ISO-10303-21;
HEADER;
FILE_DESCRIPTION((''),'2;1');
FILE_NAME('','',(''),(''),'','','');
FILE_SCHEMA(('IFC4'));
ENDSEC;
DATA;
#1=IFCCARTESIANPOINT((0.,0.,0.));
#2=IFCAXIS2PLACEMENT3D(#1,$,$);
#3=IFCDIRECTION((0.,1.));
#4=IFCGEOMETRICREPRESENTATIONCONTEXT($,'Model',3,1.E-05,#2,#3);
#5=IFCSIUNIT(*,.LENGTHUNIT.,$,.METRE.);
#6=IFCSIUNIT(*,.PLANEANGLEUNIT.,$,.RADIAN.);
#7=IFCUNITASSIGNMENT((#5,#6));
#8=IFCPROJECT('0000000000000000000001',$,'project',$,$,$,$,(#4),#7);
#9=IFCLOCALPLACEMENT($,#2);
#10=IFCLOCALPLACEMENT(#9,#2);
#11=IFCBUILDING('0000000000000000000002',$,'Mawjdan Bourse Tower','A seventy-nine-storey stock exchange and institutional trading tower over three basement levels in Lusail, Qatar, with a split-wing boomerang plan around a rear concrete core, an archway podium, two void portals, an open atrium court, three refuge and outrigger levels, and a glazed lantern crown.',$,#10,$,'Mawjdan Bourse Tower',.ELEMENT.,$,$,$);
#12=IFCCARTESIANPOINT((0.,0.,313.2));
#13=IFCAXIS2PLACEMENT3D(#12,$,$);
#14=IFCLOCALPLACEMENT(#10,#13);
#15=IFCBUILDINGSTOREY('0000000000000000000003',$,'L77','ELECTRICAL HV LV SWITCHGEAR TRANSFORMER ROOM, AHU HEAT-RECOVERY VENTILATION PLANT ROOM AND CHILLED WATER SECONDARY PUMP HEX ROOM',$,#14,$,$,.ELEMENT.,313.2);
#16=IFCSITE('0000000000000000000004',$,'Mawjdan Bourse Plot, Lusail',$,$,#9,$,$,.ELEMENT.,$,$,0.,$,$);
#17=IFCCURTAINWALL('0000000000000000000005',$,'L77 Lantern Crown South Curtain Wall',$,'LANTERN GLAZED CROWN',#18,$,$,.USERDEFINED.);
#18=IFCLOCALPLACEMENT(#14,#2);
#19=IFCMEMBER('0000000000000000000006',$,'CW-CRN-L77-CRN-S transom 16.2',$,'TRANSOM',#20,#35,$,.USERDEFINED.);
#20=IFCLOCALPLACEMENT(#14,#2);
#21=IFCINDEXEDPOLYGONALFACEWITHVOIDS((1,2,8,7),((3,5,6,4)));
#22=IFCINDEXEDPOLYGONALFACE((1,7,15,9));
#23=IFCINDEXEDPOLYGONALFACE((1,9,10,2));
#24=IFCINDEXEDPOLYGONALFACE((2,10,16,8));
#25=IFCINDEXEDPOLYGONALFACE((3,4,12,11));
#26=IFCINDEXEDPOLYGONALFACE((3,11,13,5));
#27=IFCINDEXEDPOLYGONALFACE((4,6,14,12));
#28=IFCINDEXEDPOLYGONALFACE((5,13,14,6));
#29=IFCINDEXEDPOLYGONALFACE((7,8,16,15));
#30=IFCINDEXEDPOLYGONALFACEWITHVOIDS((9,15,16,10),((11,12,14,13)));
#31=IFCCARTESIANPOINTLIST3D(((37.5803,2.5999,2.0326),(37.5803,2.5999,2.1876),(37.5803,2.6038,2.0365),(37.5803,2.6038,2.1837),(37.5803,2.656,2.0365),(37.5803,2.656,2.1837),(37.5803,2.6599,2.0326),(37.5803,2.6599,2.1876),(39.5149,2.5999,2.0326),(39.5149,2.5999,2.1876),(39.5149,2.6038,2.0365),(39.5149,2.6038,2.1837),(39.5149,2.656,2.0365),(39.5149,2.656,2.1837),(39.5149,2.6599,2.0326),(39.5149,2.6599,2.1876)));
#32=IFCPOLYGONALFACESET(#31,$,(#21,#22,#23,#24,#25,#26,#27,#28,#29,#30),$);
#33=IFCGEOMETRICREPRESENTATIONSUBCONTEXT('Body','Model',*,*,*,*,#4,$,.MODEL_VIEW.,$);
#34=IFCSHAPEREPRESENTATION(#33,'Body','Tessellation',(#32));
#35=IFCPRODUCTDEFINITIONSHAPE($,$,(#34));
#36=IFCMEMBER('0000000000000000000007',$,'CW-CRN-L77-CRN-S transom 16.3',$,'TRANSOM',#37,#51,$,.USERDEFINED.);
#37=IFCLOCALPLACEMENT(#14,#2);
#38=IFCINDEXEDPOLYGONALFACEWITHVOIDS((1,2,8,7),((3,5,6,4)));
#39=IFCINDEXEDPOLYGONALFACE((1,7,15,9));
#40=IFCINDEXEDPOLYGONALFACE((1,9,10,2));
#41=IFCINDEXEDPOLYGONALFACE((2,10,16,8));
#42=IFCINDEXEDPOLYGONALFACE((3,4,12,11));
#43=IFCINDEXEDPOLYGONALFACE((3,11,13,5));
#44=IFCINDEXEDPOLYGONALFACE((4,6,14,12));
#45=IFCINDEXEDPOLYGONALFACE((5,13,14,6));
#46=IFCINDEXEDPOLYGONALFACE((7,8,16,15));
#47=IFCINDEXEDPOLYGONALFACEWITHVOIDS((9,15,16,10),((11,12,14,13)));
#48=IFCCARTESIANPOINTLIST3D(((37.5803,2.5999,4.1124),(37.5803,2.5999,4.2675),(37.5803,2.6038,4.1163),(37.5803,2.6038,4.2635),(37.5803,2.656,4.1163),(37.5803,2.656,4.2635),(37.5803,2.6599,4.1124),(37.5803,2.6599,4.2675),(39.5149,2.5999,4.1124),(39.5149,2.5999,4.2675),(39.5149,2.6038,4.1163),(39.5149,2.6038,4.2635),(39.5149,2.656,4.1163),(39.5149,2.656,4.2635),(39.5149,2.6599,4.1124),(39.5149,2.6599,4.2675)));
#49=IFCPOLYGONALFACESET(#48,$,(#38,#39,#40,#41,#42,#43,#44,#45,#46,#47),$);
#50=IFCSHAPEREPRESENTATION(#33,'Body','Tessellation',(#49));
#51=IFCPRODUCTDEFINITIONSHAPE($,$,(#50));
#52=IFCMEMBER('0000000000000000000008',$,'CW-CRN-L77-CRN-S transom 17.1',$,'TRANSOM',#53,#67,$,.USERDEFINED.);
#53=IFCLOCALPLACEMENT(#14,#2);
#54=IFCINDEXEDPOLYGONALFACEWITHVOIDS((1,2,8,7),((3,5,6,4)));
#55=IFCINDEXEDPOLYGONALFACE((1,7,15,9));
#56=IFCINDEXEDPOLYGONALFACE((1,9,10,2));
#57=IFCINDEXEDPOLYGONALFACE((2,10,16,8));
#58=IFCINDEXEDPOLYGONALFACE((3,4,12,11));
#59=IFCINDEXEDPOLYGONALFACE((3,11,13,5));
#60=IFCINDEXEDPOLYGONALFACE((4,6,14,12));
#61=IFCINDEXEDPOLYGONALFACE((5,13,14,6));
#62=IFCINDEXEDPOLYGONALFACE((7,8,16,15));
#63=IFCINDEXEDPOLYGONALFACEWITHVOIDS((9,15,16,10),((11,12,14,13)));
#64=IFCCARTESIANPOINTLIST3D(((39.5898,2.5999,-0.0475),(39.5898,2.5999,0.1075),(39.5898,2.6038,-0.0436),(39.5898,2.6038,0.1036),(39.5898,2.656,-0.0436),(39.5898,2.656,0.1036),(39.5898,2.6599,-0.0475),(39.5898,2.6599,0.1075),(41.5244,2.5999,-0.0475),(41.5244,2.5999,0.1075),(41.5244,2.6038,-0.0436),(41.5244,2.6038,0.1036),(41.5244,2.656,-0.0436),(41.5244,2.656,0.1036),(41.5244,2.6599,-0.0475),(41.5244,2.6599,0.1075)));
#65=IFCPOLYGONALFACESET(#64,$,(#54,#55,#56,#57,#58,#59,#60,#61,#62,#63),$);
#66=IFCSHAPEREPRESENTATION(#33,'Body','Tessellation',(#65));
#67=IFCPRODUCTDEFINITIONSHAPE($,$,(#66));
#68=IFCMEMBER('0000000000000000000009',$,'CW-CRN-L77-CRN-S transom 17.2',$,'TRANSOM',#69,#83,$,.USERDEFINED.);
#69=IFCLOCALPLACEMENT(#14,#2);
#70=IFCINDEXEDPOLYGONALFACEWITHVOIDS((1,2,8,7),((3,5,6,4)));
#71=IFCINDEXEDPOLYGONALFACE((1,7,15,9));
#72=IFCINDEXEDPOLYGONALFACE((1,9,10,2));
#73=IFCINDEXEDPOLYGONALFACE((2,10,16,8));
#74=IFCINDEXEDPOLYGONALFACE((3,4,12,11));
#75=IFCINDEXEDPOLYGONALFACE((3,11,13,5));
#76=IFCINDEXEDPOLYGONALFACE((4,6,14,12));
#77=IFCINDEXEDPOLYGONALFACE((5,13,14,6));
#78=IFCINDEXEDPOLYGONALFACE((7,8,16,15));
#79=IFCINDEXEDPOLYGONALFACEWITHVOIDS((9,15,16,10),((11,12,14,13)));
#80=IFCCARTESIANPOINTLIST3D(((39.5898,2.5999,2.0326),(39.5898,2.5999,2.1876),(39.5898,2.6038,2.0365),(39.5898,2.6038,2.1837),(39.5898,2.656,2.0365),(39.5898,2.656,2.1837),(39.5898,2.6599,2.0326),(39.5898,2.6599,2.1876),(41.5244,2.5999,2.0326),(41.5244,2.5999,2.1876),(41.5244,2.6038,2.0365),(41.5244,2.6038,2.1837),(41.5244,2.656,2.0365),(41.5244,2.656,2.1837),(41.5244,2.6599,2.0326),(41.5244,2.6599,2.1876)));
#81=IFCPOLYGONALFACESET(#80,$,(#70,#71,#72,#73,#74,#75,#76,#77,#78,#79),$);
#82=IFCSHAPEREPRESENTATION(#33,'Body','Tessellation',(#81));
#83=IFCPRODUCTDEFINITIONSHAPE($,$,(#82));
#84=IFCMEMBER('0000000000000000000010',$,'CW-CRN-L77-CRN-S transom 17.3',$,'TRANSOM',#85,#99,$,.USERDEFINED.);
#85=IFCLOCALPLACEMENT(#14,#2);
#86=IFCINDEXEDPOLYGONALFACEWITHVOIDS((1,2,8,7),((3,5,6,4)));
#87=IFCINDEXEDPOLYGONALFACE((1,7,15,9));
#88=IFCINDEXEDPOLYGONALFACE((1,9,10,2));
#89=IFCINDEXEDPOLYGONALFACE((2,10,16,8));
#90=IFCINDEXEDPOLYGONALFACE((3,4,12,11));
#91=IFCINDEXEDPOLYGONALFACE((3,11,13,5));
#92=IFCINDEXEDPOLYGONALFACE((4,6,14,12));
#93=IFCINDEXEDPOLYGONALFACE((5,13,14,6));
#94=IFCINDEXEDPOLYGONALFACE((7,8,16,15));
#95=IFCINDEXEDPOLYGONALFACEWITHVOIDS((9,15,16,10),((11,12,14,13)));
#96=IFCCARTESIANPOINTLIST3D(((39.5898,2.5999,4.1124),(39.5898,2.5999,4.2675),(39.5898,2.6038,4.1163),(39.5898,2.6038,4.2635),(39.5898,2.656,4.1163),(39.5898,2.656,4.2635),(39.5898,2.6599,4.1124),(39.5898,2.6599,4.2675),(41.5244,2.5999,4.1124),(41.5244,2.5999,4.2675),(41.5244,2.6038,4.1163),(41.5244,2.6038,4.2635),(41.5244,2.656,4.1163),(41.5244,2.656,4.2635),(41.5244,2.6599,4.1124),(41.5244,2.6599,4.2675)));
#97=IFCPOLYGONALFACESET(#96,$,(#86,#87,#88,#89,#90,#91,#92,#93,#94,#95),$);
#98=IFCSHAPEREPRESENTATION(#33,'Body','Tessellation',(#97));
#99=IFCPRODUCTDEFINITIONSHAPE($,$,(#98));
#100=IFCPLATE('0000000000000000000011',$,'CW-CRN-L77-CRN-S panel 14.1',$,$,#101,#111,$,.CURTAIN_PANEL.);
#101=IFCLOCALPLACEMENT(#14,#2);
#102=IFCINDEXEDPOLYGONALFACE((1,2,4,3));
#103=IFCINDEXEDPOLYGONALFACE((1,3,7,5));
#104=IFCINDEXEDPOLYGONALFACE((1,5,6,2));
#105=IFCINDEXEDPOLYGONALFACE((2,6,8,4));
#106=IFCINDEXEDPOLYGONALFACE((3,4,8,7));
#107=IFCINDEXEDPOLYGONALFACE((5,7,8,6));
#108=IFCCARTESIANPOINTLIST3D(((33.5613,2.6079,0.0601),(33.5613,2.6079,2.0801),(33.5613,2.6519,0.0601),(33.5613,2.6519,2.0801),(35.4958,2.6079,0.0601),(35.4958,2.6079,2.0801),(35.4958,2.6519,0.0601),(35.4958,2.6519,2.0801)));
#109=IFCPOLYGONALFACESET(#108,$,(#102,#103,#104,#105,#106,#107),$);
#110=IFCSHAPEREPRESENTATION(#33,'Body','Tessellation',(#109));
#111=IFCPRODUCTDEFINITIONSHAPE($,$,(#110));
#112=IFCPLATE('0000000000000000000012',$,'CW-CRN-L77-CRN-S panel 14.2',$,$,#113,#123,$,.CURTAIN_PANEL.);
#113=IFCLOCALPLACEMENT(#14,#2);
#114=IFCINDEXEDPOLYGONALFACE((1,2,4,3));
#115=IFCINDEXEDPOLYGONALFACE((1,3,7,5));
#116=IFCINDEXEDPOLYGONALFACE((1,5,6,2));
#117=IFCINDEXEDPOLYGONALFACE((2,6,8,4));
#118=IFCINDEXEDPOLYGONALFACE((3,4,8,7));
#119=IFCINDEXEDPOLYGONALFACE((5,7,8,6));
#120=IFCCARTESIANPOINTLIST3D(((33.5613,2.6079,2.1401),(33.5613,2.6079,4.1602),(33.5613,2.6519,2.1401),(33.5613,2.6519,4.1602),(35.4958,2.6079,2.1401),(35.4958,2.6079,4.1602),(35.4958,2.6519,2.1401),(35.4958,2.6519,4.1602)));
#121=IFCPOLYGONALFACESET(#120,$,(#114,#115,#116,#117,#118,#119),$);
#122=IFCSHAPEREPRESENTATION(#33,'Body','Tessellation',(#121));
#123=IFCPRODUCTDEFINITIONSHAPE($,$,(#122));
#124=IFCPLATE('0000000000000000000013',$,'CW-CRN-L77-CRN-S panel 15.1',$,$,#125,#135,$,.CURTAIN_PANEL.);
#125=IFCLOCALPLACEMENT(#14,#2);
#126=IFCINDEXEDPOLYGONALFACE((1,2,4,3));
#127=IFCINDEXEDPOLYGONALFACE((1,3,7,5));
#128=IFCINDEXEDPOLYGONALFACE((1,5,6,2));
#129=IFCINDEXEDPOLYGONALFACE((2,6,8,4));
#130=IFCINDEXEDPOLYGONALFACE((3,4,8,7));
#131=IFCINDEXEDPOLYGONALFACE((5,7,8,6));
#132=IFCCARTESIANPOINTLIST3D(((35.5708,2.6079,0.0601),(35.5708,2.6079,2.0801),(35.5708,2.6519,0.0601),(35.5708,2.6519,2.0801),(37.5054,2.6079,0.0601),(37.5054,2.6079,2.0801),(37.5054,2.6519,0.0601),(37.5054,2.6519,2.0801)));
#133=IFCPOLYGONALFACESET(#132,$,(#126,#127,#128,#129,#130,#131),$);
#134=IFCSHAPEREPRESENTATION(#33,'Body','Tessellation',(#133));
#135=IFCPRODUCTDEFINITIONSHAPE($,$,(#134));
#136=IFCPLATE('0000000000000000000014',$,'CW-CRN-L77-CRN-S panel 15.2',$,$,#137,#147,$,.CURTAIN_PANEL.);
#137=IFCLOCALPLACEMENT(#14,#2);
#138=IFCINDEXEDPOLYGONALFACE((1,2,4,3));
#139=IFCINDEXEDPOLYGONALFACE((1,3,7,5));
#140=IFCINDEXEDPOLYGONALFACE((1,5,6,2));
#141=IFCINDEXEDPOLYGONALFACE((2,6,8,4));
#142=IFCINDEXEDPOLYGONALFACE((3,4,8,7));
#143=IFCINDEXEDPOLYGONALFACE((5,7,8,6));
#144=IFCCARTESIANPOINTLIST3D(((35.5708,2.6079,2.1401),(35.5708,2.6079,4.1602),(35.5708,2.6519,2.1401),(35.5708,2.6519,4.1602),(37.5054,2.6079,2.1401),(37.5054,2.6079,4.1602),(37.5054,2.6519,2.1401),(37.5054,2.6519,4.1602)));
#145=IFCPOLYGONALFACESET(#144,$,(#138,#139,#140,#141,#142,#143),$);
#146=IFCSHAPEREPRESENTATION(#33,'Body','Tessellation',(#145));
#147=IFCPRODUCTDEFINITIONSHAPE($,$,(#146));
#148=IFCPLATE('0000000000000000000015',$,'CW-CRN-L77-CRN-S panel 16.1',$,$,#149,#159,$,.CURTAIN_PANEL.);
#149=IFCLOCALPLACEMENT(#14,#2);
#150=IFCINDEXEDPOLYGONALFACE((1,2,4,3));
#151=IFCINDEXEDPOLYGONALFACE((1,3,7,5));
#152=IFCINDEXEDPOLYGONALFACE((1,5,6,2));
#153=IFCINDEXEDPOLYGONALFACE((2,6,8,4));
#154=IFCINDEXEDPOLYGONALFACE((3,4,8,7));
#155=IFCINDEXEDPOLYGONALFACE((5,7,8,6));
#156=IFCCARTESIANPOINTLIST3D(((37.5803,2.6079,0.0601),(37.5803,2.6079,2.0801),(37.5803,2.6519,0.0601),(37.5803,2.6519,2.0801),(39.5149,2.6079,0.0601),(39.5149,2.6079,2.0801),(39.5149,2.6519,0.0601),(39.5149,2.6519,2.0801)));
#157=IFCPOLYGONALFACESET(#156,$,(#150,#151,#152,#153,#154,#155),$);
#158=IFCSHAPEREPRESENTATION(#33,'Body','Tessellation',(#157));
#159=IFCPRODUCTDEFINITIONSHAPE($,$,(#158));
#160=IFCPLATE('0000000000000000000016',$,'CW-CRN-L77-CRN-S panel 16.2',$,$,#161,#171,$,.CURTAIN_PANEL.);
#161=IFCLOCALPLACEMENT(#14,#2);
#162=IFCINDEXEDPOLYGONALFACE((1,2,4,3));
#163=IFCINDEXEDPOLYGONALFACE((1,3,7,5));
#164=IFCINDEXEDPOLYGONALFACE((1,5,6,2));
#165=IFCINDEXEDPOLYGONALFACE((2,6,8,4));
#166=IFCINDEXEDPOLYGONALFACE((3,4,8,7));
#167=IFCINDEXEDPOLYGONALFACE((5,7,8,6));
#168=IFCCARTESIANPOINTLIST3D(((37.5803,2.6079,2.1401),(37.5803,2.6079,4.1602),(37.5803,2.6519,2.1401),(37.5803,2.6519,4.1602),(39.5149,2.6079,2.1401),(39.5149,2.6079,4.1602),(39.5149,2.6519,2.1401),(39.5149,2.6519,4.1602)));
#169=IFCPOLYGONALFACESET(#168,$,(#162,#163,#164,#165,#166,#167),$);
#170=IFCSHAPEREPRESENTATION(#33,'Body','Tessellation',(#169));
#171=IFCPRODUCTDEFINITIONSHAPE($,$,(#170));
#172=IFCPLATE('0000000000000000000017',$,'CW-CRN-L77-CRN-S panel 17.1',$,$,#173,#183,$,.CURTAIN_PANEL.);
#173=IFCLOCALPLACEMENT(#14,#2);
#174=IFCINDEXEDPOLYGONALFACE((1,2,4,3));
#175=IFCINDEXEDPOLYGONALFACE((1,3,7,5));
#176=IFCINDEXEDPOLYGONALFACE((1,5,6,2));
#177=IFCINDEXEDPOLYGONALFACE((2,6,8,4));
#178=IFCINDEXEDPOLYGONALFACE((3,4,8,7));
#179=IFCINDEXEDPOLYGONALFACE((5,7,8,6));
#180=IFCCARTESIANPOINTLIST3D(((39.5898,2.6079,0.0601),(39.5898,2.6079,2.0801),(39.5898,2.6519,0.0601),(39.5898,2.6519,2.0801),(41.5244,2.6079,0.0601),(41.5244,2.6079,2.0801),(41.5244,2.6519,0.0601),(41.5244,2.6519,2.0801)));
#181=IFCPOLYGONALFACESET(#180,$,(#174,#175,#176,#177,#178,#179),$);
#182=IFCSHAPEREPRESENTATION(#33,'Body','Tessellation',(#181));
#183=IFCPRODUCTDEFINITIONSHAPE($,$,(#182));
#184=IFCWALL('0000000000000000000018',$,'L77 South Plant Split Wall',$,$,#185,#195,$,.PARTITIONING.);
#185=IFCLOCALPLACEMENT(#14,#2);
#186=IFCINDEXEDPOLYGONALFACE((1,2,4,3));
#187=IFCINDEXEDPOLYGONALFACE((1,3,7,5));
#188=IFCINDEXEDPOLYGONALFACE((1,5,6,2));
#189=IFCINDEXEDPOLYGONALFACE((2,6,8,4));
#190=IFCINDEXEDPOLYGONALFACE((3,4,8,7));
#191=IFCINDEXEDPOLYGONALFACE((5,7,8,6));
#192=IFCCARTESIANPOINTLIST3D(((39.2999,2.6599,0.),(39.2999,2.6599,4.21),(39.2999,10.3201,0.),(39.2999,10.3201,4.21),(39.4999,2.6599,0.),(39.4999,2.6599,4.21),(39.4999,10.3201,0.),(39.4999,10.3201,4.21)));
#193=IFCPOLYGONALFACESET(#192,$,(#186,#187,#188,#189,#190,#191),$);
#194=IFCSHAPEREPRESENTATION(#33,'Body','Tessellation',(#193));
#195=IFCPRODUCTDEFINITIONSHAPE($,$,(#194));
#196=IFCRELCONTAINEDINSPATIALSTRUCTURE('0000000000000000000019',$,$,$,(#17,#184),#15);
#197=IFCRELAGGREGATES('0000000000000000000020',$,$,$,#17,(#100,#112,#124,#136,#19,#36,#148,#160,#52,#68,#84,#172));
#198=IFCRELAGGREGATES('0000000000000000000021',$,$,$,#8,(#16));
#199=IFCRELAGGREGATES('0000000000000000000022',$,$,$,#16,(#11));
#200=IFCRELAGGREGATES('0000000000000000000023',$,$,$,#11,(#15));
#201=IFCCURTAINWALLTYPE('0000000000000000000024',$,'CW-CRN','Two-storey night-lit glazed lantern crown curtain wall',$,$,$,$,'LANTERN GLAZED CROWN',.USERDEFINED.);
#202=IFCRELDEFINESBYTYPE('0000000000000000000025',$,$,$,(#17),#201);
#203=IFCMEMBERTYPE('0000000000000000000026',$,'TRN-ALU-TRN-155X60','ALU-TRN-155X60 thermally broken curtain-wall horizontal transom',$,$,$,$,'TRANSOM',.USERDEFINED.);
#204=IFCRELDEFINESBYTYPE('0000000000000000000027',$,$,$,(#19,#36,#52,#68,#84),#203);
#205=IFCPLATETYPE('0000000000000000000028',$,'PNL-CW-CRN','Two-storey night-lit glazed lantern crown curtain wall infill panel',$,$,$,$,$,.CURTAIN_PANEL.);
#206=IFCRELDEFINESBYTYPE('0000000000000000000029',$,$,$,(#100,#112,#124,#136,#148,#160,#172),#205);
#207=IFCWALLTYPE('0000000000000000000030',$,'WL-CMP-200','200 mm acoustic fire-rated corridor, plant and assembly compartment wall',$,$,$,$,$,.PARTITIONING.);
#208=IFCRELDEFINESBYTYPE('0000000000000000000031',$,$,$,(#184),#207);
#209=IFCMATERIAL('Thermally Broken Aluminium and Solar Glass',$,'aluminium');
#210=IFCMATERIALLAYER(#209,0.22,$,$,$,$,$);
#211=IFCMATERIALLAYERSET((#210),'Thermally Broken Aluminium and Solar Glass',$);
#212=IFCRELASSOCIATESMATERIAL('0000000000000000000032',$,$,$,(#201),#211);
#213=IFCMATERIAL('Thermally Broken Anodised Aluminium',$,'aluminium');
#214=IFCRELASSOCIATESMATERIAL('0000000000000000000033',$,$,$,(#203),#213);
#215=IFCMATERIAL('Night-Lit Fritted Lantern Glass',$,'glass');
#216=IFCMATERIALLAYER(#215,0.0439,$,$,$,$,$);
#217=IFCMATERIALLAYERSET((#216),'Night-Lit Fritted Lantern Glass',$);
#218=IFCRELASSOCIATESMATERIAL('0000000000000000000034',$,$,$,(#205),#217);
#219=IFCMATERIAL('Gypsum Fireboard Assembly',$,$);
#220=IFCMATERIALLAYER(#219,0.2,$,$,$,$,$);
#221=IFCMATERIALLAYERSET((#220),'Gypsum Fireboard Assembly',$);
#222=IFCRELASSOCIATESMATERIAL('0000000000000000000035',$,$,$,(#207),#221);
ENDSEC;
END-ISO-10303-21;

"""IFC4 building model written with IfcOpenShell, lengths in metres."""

from ifc_helpers import new_model, si_unit, direction, frame, frame_2d, origin, origin_2d, place, context, subcontext, project, spatial, rectangle, hollow_rectangle, extrude, material, layer, layer_set, material_profile, profile_set, type_object, element, aggregate, save


model = new_model("IFC4")

# Units and contexts
model_context = context("Model", 3, precision=1e-05, world=origin(), true_north=direction((0.0, 1.0)))
body_context = subcontext(model_context, "Body", "Model", "MODEL_VIEW")
ifc_project = project(units=[si_unit("LENGTHUNIT", "METRE"), si_unit("PLANEANGLEUNIT", "RADIAN")], contexts=[model_context])

# Site, building, storey
site_placement = place(None, origin())
site = spatial("IfcSite", under=ifc_project, at=site_placement, Name="Mawjdan Bourse Plot, Lusail", CompositionType="ELEMENT", RefElevation=0.0)
building_placement = place(site_placement, origin())
building = spatial("IfcBuilding", under=site, at=building_placement, Name="Mawjdan Bourse Tower", Description="A seventy-nine-storey stock exchange and institutional trading tower over three basement levels in Lusail, Qatar, with a split-wing boomerang plan around a rear concrete core, an archway podium, two void portals, an open atrium court, three refuge and outrigger levels, and a glazed lantern crown.", LongName="Mawjdan Bourse Tower", CompositionType="ELEMENT")
storey_placement = place(building_placement, frame((0.0, 0.0, 313.2)))
storey = spatial("IfcBuildingStorey", under=building, at=storey_placement, Name="L77", Description="ELECTRICAL HV LV SWITCHGEAR TRANSFORMER ROOM, AHU HEAT-RECOVERY VENTILATION PLANT ROOM AND CHILLED WATER SECONDARY PUMP HEX ROOM", CompositionType="ELEMENT", Elevation=313.2)

# Curtain wall
ifc_material_1 = material(Name="Thermally Broken Aluminium and Solar Glass", Category="aluminium")
ifc_layer_1 = layer(ifc_material_1, 0.22)
ifc_layer_set_1 = layer_set([ifc_layer_1], Name="Thermally Broken Aluminium and Solar Glass")
curtain_wall_type = type_object("IfcCurtainWallType", Name="CW-CRN", Description="Two-storey night-lit glazed lantern crown curtain wall", ElementType="LANTERN GLAZED CROWN", PredefinedType="USERDEFINED", material=ifc_layer_set_1)
curtain_wall_placement = place(storey_placement, origin())
curtain_wall = element("IfcCurtainWall", 1, at=curtain_wall_placement, inside=storey, type_object=curtain_wall_type, Name="L77 Lantern Crown South Curtain Wall", ObjectType="LANTERN GLAZED CROWN", PredefinedType="USERDEFINED")
ifc_material_2 = material(Name="Thermally Broken Anodised Aluminium", Category="aluminium")

# Members
ifc_material_profile_1 = material_profile(ifc_material_2, hollow_rectangle(XDim=0.0601, YDim=0.155, WallThickness=0.0039, at=origin_2d()), Name="ALU-TRN-155X60")
ifc_profile_set_1 = profile_set([ifc_material_profile_1], Name="Thermally Broken Anodised Aluminium")
member_type_1 = type_object("IfcMemberType", Name="TRN-ALU-TRN-155X60", Description="ALU-TRN-155X60 thermally broken curtain-wall horizontal transom", ElementType="TRANSOM", PredefinedType="USERDEFINED", material=ifc_profile_set_1)
member_1_placement = place(storey_placement, frame((37.5803, 2.6299, 2.1101), z_axis=(1.0, 0.0, 0.0), x_axis=(0.0, 1.0, 0.0)))
member_1 = element("IfcMember", 2, at=member_1_placement, type_object=member_type_1, Name="CW-CRN-L77-CRN-S transom 16.2", ObjectType="TRANSOM", PredefinedType="USERDEFINED", context=body_context, shape_type="SweptSolid", body=[
    extrude(hollow_rectangle(XDim=0.0601, YDim=0.155, WallThickness=0.0039, at=origin_2d()), origin(), (0.0, 0.0, 1.0), 1.9346),
])
member_2_placement = place(storey_placement, frame((37.5803, 2.6299, 4.1899), z_axis=(1.0, 0.0, 0.0), x_axis=(0.0, 1.0, 0.0)))
member_2 = element("IfcMember", 3, at=member_2_placement, type_object=member_type_1, Name="CW-CRN-L77-CRN-S transom 16.3", ObjectType="TRANSOM", PredefinedType="USERDEFINED", context=body_context, shape_type="SweptSolid", body=[
    extrude(hollow_rectangle(XDim=0.0601, YDim=0.155, WallThickness=0.0039, at=origin_2d()), origin(), (0.0, 0.0, 1.0), 1.9346),
])
member_3_placement = place(storey_placement, frame((39.5898, 2.6299, 0.03), z_axis=(1.0, 0.0, 0.0), x_axis=(0.0, 1.0, 0.0)))
member_3 = element("IfcMember", 4, at=member_3_placement, type_object=member_type_1, Name="CW-CRN-L77-CRN-S transom 17.1", ObjectType="TRANSOM", PredefinedType="USERDEFINED", context=body_context, shape_type="SweptSolid", body=[
    extrude(hollow_rectangle(XDim=0.0601, YDim=0.155, WallThickness=0.0039, at=origin_2d()), origin(), (0.0, 0.0, 1.0), 1.9346),
])
member_4_placement = place(storey_placement, frame((39.5898, 2.6299, 2.1101), z_axis=(1.0, 0.0, 0.0), x_axis=(0.0, 1.0, 0.0)))
member_4 = element("IfcMember", 5, at=member_4_placement, type_object=member_type_1, Name="CW-CRN-L77-CRN-S transom 17.2", ObjectType="TRANSOM", PredefinedType="USERDEFINED", context=body_context, shape_type="SweptSolid", body=[
    extrude(hollow_rectangle(XDim=0.0601, YDim=0.155, WallThickness=0.0039, at=origin_2d()), origin(), (0.0, 0.0, 1.0), 1.9346),
])
member_5_placement = place(storey_placement, frame((39.5898, 2.6299, 4.1899), z_axis=(1.0, 0.0, 0.0), x_axis=(0.0, 1.0, 0.0)))
member_5 = element("IfcMember", 6, at=member_5_placement, type_object=member_type_1, Name="CW-CRN-L77-CRN-S transom 17.3", ObjectType="TRANSOM", PredefinedType="USERDEFINED", context=body_context, shape_type="SweptSolid", body=[
    extrude(hollow_rectangle(XDim=0.0601, YDim=0.155, WallThickness=0.0039, at=origin_2d()), origin(), (0.0, 0.0, 1.0), 1.9346),
])

# Plates
ifc_material_3 = material(Name="Night-Lit Fritted Lantern Glass", Category="glass")
ifc_layer_2 = layer(ifc_material_3, 0.0439)
ifc_layer_set_2 = layer_set([ifc_layer_2], Name="Night-Lit Fritted Lantern Glass")
plate_type = type_object("IfcPlateType", Name="PNL-CW-CRN", Description="Two-storey night-lit glazed lantern crown curtain wall infill panel", PredefinedType="CURTAIN_PANEL", material=ifc_layer_set_2)
plate_1_placement = place(storey_placement, frame((34.5286, 2.6299, 0.0601), z_axis=(0.0, 0.0, 1.0), x_axis=(1.0, 0.0, 0.0)))
plate_1 = element("IfcPlate", 7, at=plate_1_placement, type_object=plate_type, Name="CW-CRN-L77-CRN-S panel 14.1", PredefinedType="CURTAIN_PANEL", context=body_context, shape_type="SweptSolid", body=[
    extrude(rectangle(XDim=1.9346, YDim=0.0439, at=origin_2d()), origin(), (0.0, 0.0, 1.0), 2.02),
])
plate_2_placement = place(storey_placement, frame((34.5286, 2.6299, 2.1401), z_axis=(0.0, 0.0, 1.0), x_axis=(1.0, 0.0, 0.0)))
plate_2 = element("IfcPlate", 8, at=plate_2_placement, type_object=plate_type, Name="CW-CRN-L77-CRN-S panel 14.2", PredefinedType="CURTAIN_PANEL", context=body_context, shape_type="SweptSolid", body=[
    extrude(rectangle(XDim=1.9346, YDim=0.0439, at=origin_2d()), origin(), (0.0, 0.0, 1.0), 2.02),
])
plate_3_placement = place(storey_placement, frame((36.5381, 2.6299, 0.0601), z_axis=(0.0, 0.0, 1.0), x_axis=(1.0, 0.0, 0.0)))
plate_3 = element("IfcPlate", 9, at=plate_3_placement, type_object=plate_type, Name="CW-CRN-L77-CRN-S panel 15.1", PredefinedType="CURTAIN_PANEL", context=body_context, shape_type="SweptSolid", body=[
    extrude(rectangle(XDim=1.9346, YDim=0.0439, at=origin_2d()), origin(), (0.0, 0.0, 1.0), 2.02),
])
plate_4_placement = place(storey_placement, frame((36.5381, 2.6299, 2.1401), z_axis=(0.0, 0.0, 1.0), x_axis=(1.0, 0.0, 0.0)))
plate_4 = element("IfcPlate", 10, at=plate_4_placement, type_object=plate_type, Name="CW-CRN-L77-CRN-S panel 15.2", PredefinedType="CURTAIN_PANEL", context=body_context, shape_type="SweptSolid", body=[
    extrude(rectangle(XDim=1.9346, YDim=0.0439, at=origin_2d()), origin(), (0.0, 0.0, 1.0), 2.02),
])
plate_5_placement = place(storey_placement, frame((38.5476, 2.6299, 0.0601), z_axis=(0.0, 0.0, 1.0), x_axis=(1.0, 0.0, 0.0)))
plate_5 = element("IfcPlate", 11, at=plate_5_placement, type_object=plate_type, Name="CW-CRN-L77-CRN-S panel 16.1", PredefinedType="CURTAIN_PANEL", context=body_context, shape_type="SweptSolid", body=[
    extrude(rectangle(XDim=1.9346, YDim=0.0439, at=origin_2d()), origin(), (0.0, 0.0, 1.0), 2.02),
])
plate_6_placement = place(storey_placement, frame((38.5476, 2.6299, 2.1401), z_axis=(0.0, 0.0, 1.0), x_axis=(1.0, 0.0, 0.0)))
plate_6 = element("IfcPlate", 12, at=plate_6_placement, type_object=plate_type, Name="CW-CRN-L77-CRN-S panel 16.2", PredefinedType="CURTAIN_PANEL", context=body_context, shape_type="SweptSolid", body=[
    extrude(rectangle(XDim=1.9346, YDim=0.0439, at=origin_2d()), origin(), (0.0, 0.0, 1.0), 2.02),
])
plate_7_placement = place(storey_placement, frame((40.5571, 2.6299, 0.0601), z_axis=(0.0, 0.0, 1.0), x_axis=(1.0, 0.0, 0.0)))
plate_7 = element("IfcPlate", 13, at=plate_7_placement, type_object=plate_type, Name="CW-CRN-L77-CRN-S panel 17.1", PredefinedType="CURTAIN_PANEL", context=body_context, shape_type="SweptSolid", body=[
    extrude(rectangle(XDim=1.9346, YDim=0.0439, at=origin_2d()), origin(), (0.0, 0.0, 1.0), 2.02),
])
aggregate(curtain_wall, [plate_1, plate_2, plate_3, plate_4, member_1, member_2, plate_5, plate_6, member_3, member_4, member_5, plate_7])

# Wall
ifc_material_4 = material(Name="Gypsum Fireboard Assembly")
ifc_layer_3 = layer(ifc_material_4, 0.2)
ifc_layer_set_3 = layer_set([ifc_layer_3], Name="Gypsum Fireboard Assembly")
wall_type = type_object("IfcWallType", Name="WL-CMP-200", Description="200 mm acoustic fire-rated corridor, plant and assembly compartment wall", PredefinedType="PARTITIONING", material=ifc_layer_set_3)
wall_placement = place(storey_placement, frame((39.3999, 2.6599, 0.0), z_axis=(0.0, 0.0, 1.0), x_axis=(0.0, 1.0, 0.0)))
element("IfcWall", 14, at=wall_placement, inside=storey, type_object=wall_type, Name="L77 South Plant Split Wall", PredefinedType="PARTITIONING", context=body_context, shape_type="SweptSolid", body=[
    extrude(rectangle(XDim=7.6602, YDim=0.2, at=frame_2d((3.8301, 0.0))), origin(), (0.0, 0.0, 1.0), 4.21),
])

save(model, "model.ifc")
